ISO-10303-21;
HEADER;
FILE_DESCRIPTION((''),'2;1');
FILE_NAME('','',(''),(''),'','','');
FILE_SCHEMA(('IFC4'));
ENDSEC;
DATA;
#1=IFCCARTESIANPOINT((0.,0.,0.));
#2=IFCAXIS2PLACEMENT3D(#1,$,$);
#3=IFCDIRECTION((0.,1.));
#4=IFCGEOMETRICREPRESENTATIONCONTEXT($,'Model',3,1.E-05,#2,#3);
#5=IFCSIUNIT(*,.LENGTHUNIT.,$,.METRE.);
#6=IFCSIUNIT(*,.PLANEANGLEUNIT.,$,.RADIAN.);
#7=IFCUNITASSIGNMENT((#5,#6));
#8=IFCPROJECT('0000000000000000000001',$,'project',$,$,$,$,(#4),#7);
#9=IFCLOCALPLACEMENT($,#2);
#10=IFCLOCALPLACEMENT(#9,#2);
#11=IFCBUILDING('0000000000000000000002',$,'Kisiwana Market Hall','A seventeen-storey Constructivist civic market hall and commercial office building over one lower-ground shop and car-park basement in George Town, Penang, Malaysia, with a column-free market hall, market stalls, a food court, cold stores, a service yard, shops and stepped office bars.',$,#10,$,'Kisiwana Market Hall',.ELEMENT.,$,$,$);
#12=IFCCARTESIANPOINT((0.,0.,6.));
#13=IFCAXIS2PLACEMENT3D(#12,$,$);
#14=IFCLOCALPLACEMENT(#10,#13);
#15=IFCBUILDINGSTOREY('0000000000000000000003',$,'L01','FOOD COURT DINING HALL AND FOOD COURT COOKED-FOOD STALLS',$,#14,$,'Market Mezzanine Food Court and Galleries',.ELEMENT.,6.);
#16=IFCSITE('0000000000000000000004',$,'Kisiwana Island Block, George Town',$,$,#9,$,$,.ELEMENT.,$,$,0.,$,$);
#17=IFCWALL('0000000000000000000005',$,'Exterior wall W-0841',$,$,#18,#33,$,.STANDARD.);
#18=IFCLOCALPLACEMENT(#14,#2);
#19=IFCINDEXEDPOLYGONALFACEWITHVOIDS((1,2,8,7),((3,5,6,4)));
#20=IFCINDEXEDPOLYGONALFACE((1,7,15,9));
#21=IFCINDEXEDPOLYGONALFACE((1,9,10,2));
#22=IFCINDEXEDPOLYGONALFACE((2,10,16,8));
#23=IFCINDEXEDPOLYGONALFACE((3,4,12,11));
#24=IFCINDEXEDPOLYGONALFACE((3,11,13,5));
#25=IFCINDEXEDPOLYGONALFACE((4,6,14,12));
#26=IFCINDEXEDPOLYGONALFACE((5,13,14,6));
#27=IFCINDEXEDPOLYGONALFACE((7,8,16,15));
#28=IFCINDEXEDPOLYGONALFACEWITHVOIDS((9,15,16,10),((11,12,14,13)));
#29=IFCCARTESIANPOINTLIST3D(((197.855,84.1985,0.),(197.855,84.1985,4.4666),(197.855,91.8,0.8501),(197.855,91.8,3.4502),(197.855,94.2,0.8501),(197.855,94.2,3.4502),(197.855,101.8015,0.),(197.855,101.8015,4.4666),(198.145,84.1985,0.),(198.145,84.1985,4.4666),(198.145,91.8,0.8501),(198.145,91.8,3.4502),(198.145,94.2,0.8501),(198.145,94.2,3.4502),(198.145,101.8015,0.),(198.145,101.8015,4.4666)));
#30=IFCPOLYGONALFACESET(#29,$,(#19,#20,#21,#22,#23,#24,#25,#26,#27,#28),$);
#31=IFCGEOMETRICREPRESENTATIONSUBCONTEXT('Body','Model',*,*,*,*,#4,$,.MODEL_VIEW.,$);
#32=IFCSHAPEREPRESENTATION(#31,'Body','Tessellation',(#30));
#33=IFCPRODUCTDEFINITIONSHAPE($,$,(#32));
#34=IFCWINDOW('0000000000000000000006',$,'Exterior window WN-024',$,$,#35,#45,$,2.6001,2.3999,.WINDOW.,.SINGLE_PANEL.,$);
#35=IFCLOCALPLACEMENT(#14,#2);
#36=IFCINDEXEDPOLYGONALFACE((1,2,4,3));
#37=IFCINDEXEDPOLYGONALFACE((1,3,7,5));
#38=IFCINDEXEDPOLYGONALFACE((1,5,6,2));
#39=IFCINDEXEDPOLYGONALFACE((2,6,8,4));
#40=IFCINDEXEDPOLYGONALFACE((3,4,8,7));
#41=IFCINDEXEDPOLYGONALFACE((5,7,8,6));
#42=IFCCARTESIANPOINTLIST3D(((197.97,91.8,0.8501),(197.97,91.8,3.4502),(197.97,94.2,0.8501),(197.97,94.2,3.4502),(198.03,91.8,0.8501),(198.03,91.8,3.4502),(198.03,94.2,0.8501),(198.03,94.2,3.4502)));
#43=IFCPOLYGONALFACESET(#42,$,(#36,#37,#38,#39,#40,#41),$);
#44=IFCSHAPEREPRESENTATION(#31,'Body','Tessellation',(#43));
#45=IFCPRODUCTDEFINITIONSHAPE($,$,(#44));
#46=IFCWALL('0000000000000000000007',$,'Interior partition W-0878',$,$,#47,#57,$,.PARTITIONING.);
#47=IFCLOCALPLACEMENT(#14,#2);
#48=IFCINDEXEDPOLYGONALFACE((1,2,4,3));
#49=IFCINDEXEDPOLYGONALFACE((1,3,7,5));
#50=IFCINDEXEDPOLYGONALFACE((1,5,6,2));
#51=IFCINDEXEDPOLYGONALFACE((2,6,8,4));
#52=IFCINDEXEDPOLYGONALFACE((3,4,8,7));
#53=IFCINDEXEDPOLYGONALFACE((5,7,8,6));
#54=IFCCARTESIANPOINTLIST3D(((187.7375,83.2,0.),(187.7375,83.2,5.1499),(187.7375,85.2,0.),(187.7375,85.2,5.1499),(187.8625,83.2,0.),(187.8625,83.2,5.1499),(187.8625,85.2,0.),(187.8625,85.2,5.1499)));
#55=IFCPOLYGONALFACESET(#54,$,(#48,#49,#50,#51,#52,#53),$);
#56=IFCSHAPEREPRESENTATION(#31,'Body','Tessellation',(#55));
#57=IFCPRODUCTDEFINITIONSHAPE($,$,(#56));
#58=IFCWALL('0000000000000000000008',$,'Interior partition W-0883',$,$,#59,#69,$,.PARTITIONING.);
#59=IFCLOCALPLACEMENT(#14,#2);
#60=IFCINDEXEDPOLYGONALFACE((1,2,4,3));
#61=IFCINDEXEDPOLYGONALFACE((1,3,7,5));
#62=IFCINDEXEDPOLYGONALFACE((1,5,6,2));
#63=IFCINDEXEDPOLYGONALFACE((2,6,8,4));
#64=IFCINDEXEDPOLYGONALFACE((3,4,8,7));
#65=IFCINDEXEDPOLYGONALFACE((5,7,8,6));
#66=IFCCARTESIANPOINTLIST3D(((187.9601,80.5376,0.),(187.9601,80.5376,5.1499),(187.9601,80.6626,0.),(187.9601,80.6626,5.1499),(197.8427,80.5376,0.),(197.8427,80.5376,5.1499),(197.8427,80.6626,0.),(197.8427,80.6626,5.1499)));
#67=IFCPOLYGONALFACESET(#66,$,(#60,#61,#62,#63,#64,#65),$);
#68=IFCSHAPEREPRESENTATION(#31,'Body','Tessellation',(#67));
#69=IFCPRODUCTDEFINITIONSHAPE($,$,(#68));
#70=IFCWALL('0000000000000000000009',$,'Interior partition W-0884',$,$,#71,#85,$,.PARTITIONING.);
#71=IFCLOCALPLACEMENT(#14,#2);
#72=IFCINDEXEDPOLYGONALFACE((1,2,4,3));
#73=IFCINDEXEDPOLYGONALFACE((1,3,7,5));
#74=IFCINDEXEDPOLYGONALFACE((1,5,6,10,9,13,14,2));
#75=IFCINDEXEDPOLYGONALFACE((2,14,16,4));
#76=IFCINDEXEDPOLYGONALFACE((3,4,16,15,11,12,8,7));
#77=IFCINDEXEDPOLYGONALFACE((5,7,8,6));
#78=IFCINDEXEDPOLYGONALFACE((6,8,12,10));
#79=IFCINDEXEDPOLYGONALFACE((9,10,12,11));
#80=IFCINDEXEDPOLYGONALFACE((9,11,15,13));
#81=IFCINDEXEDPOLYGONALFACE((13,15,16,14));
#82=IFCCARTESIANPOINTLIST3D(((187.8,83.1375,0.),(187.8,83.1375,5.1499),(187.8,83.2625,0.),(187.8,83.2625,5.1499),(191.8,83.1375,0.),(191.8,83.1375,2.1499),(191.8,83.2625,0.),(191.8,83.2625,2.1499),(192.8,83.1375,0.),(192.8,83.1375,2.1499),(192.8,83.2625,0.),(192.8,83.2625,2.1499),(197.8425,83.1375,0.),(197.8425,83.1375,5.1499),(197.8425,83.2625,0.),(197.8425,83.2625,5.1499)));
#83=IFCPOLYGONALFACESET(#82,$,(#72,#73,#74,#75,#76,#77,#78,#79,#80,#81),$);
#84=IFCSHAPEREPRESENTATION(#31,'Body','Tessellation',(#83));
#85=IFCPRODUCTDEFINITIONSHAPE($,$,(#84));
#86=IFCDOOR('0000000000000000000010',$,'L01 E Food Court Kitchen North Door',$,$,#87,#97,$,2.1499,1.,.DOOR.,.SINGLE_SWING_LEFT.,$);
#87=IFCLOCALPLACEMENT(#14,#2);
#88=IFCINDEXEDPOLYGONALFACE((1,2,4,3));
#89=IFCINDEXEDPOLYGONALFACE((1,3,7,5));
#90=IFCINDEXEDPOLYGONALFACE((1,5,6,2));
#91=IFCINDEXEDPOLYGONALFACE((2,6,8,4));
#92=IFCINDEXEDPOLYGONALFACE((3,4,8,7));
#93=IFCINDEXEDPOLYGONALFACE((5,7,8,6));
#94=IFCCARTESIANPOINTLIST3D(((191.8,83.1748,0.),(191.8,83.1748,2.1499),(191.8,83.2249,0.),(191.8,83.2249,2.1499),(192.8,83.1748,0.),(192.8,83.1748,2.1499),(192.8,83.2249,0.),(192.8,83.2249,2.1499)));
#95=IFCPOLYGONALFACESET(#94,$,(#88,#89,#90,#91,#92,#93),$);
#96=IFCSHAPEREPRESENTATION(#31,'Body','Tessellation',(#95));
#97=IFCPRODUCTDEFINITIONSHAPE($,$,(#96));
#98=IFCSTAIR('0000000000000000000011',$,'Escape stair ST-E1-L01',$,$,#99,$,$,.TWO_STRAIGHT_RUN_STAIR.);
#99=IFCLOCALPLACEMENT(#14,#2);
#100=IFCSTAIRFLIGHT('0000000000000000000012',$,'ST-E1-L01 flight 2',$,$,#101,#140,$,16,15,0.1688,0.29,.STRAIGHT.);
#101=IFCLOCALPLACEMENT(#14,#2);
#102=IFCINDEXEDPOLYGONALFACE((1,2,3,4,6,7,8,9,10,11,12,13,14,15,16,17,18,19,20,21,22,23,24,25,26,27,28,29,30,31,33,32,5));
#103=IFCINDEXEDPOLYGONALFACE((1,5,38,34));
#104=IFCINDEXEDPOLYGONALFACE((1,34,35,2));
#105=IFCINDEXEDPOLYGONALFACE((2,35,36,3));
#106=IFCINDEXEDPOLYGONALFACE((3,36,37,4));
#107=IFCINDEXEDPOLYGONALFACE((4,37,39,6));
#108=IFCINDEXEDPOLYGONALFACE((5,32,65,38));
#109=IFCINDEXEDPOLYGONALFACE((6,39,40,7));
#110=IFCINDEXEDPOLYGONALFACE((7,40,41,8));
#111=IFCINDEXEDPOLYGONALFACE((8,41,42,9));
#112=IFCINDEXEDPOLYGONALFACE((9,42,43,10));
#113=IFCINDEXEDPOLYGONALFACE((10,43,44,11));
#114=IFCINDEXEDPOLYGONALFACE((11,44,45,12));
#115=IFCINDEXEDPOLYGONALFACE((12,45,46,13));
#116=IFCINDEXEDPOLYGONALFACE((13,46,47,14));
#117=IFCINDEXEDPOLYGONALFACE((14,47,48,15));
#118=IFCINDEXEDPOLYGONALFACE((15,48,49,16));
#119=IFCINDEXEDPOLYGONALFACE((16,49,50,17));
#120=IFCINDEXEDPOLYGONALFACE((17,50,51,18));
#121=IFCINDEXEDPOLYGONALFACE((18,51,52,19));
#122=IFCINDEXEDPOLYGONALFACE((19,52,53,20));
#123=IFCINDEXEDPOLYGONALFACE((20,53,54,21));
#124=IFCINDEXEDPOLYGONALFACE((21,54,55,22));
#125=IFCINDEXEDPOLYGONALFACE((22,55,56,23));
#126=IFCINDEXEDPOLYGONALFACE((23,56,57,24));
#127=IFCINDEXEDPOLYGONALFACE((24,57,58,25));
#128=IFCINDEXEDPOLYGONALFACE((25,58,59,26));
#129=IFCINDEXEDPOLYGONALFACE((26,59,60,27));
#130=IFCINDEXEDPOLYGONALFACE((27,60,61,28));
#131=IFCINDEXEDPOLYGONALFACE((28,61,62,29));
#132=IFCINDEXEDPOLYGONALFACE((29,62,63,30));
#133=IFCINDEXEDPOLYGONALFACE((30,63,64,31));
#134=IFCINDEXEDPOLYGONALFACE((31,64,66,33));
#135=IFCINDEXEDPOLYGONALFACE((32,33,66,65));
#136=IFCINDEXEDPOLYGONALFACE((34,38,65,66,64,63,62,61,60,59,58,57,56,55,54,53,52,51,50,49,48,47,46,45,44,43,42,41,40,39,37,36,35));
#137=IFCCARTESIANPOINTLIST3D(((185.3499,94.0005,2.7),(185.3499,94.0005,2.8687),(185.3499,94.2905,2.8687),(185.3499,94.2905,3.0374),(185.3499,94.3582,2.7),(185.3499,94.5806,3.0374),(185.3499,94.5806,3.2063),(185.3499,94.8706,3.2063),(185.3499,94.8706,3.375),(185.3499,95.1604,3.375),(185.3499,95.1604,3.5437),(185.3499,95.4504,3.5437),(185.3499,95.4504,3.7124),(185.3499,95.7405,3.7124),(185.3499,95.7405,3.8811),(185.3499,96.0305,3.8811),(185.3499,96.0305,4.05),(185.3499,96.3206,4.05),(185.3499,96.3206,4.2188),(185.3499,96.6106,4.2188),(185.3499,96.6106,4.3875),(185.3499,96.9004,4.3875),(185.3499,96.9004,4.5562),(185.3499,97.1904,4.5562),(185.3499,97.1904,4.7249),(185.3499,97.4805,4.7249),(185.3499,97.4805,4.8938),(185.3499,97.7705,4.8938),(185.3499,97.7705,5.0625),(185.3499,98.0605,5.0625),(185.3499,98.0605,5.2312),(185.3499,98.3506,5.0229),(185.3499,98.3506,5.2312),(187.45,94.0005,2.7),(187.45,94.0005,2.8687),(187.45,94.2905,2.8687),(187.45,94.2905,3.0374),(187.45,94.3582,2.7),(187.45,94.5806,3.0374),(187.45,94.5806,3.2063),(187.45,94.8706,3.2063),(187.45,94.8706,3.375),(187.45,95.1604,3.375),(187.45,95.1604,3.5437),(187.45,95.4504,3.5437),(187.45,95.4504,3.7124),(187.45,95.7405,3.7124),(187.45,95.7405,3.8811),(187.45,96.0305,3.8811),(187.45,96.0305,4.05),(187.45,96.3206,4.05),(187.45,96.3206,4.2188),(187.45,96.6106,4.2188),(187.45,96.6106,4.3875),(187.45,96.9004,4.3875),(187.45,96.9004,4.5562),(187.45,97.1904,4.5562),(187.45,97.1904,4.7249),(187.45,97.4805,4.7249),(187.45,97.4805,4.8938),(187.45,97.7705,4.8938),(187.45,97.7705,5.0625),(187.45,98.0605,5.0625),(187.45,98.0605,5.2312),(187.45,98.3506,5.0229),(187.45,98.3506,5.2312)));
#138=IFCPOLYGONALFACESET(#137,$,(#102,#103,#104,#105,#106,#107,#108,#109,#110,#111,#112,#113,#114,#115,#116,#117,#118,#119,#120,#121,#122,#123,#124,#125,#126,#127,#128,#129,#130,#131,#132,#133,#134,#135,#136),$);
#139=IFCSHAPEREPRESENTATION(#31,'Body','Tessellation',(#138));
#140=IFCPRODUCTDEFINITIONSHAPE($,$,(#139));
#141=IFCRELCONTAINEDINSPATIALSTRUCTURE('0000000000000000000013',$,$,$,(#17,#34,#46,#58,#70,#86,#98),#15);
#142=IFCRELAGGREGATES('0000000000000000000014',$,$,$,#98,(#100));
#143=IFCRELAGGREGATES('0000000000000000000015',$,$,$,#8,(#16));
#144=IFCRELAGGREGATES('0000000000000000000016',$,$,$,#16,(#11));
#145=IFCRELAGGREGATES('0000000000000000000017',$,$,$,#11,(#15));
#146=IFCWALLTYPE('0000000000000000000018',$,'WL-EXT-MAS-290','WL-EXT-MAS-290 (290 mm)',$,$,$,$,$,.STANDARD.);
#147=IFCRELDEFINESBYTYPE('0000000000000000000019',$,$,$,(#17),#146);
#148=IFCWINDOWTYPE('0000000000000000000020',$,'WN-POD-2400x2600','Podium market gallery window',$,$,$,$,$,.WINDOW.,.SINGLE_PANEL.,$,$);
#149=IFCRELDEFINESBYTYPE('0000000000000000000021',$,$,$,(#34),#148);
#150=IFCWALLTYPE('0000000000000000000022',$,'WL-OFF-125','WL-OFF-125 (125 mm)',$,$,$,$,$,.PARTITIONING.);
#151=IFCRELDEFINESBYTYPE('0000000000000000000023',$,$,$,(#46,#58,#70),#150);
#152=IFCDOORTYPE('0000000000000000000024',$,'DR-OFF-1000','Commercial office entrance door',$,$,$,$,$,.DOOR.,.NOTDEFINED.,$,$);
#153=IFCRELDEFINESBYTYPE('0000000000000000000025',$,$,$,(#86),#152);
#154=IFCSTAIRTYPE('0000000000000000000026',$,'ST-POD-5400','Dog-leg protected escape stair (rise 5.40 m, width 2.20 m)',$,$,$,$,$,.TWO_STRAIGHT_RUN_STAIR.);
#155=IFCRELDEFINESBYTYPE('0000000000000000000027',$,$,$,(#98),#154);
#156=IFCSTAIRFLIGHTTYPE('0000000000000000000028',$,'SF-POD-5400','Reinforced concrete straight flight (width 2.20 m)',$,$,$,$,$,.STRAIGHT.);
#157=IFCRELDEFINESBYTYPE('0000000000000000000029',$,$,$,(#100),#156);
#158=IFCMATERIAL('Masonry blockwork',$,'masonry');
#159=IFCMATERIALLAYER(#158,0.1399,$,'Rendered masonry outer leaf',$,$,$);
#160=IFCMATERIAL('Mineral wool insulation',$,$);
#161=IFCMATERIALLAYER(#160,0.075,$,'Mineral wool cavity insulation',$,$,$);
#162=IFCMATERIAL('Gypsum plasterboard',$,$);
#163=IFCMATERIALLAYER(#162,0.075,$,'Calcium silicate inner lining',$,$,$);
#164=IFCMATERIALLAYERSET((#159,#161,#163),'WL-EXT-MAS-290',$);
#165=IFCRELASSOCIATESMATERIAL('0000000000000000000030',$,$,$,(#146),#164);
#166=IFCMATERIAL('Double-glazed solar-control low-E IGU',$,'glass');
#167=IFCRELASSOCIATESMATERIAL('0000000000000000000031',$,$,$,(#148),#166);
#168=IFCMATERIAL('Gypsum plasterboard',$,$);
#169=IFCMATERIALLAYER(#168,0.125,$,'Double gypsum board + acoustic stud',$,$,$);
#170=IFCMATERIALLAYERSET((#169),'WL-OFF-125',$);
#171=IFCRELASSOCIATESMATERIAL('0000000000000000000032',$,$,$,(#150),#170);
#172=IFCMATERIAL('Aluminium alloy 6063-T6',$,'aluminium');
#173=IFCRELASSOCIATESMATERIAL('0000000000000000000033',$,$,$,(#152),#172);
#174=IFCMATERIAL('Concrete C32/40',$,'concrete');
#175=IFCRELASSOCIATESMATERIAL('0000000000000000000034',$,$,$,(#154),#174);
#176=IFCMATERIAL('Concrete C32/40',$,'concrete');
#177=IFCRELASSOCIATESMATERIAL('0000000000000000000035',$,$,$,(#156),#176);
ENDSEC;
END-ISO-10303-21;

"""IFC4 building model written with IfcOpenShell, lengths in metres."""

from ifc_helpers import new_model, si_unit, direction, frame, frame_2d, origin, place, context, subcontext, project, spatial, polyline, rectangle, outline, extrude, material, layer, layer_set, type_object, element, fill, aggregate, save


model = new_model("IFC4")

# Units and contexts
model_context = context("Model", 3, precision=1e-05, world=origin(), true_north=direction((0.0, 1.0)))
body_context = subcontext(model_context, "Body", "Model", "MODEL_VIEW")
ifc_project = project(units=[si_unit("LENGTHUNIT", "METRE"), si_unit("PLANEANGLEUNIT", "RADIAN")], contexts=[model_context])

# Site, building, storey
site_placement = place(None, origin())
site = spatial("IfcSite", under=ifc_project, at=site_placement, Name="Kisiwana Island Block, George Town", CompositionType="ELEMENT", RefElevation=0.0)
building_placement = place(site_placement, origin())
building = spatial("IfcBuilding", under=site, at=building_placement, Name="Kisiwana Market Hall", Description="A seventeen-storey Constructivist civic market hall and commercial office building over one lower-ground shop and car-park basement in George Town, Penang, Malaysia, with a column-free market hall, market stalls, a food court, cold stores, a service yard, shops and stepped office bars.", LongName="Kisiwana Market Hall", CompositionType="ELEMENT")
storey_placement = place(building_placement, frame((0.0, 0.0, 6.0)))
storey = spatial("IfcBuildingStorey", under=building, at=storey_placement, Name="L01", Description="FOOD COURT DINING HALL AND FOOD COURT COOKED-FOOD STALLS", LongName="Market Mezzanine Food Court and Galleries", CompositionType="ELEMENT", Elevation=6.0)

# Wall, opening, window
ifc_material_1 = material(Name="Masonry blockwork", Category="masonry")
ifc_layer_1 = layer(ifc_material_1, 0.1399, Name="Rendered masonry outer leaf")
ifc_material_2 = material(Name="Mineral wool insulation")
ifc_layer_2 = layer(ifc_material_2, 0.075, Name="Mineral wool cavity insulation")
ifc_material_3 = material(Name="Gypsum plasterboard")
ifc_layer_3 = layer(ifc_material_3, 0.075, Name="Calcium silicate inner lining")
ifc_layer_set_1 = layer_set([ifc_layer_1, ifc_layer_2, ifc_layer_3], Name="WL-EXT-MAS-290")
wall_type_1 = type_object("IfcWallType", Name="WL-EXT-MAS-290", Description="WL-EXT-MAS-290 (290 mm)", PredefinedType="STANDARD", material=ifc_layer_set_1)
wall_1_placement = place(storey_placement, frame((198.0, 84.1985, 0.0), z_axis=(0.0, 0.0, 1.0), x_axis=(0.0, 1.0, 0.0)))
wall_1 = element("IfcWall", 1, at=wall_1_placement, inside=storey, type_object=wall_type_1, Name="Exterior wall W-0841", PredefinedType="STANDARD", context=body_context, shape_type="SweptSolid", body=[
    extrude(rectangle(XDim=17.603, YDim=0.29, at=frame_2d((8.8015, 0.0))), origin(), (0.0, 0.0, 1.0), 4.4666),
])
opening_1_placement = place(wall_1_placement, frame((7.6016, 0.0, 0.8501)))
opening_1 = element("IfcOpeningElement", 2, at=opening_1_placement, cuts=wall_1, PredefinedType="OPENING", context=body_context, shape_type="SweptSolid", body=[
    extrude(rectangle(XDim=2.3999, YDim=2.6001, at=frame_2d((1.2, 1.3))), frame((0.0, 0.157, 0.0), z_axis=(0.0, -1.0, 0.0), x_axis=(1.0, 0.0, 0.0)), (0.0, 0.0, 1.0), 0.314),
])
ifc_material_4 = material(Name="Double-glazed solar-control low-E IGU", Category="glass")
window_type = type_object("IfcWindowType", Name="WN-POD-2400x2600", Description="Podium market gallery window", PartitioningType="SINGLE_PANEL", PredefinedType="WINDOW", material=ifc_material_4)
window_placement = place(opening_1_placement, origin())
window = element("IfcWindow", 3, at=window_placement, inside=storey, type_object=window_type, Name="Exterior window WN-024", OverallHeight=2.6001, OverallWidth=2.3999, PartitioningType="SINGLE_PANEL", PredefinedType="WINDOW", context=body_context, shape_type="SweptSolid", body=[
    extrude(rectangle(XDim=2.3999, YDim=2.6001, at=frame_2d((1.2, 1.3))), frame((0.0, 0.03, 0.0), z_axis=(0.0, -1.0, 0.0), x_axis=(1.0, 0.0, 0.0)), (0.0, 0.0, 1.0), 0.0601),
])
fill(opening_1, window)

# Walls
ifc_material_5 = material(Name="Gypsum plasterboard")
ifc_layer_4 = layer(ifc_material_5, 0.125, Name="Double gypsum board + acoustic stud")
ifc_layer_set_2 = layer_set([ifc_layer_4], Name="WL-OFF-125")
wall_type_2 = type_object("IfcWallType", Name="WL-OFF-125", Description="WL-OFF-125 (125 mm)", PredefinedType="PARTITIONING", material=ifc_layer_set_2)
wall_2_placement = place(storey_placement, frame((187.8, 83.2, 0.0), z_axis=(0.0, 0.0, 1.0), x_axis=(0.0, 1.0, 0.0)))
element("IfcWall", 4, at=wall_2_placement, inside=storey, type_object=wall_type_2, Name="Interior partition W-0878", PredefinedType="PARTITIONING", context=body_context, shape_type="SweptSolid", body=[
    extrude(rectangle(XDim=2.0, YDim=0.125, at=frame_2d((1.0, 0.0))), origin(), (0.0, 0.0, 1.0), 5.1499),
])
wall_3_placement = place(storey_placement, frame((187.96, 80.6001, 0.0), z_axis=(0.0, 0.0, 1.0), x_axis=(1.0, 0.0, 0.0)))
element("IfcWall", 5, at=wall_3_placement, inside=storey, type_object=wall_type_2, Name="Interior partition W-0883", PredefinedType="PARTITIONING", context=body_context, shape_type="SweptSolid", body=[
    extrude(rectangle(XDim=9.8826, YDim=0.125, at=frame_2d((4.9414, 0.0))), origin(), (0.0, 0.0, 1.0), 5.1499),
])

# Wall, opening, door
wall_4_placement = place(storey_placement, frame((187.8, 83.2, 0.0), z_axis=(0.0, 0.0, 1.0), x_axis=(1.0, 0.0, 0.0)))
wall_4 = element("IfcWall", 6, at=wall_4_placement, inside=storey, type_object=wall_type_2, Name="Interior partition W-0884", PredefinedType="PARTITIONING", context=body_context, shape_type="SweptSolid", body=[
    extrude(rectangle(XDim=10.0425, YDim=0.125, at=frame_2d((5.0212, 0.0))), origin(), (0.0, 0.0, 1.0), 5.1499),
])
opening_2_placement = place(wall_4_placement, frame((4.0, 0.0, 0.0)))
opening_2 = element("IfcOpeningElement", 7, at=opening_2_placement, cuts=wall_4, PredefinedType="OPENING", context=body_context, shape_type="SweptSolid", body=[
    extrude(rectangle(XDim=1.0, YDim=2.1499, at=frame_2d((0.5, 1.075))), frame((0.0, 0.0745, 0.0), z_axis=(0.0, -1.0, 0.0), x_axis=(1.0, 0.0, 0.0)), (0.0, 0.0, 1.0), 0.1489),
])
ifc_material_6 = material(Name="Aluminium alloy 6063-T6", Category="aluminium")
door_type_1 = type_object("IfcDoorType", Name="DR-OFF-1000", Description="Commercial office entrance door", OperationType="NOTDEFINED", PredefinedType="DOOR", material=ifc_material_6)
door_1_placement = place(opening_2_placement, origin())
door_1 = element("IfcDoor", 8, at=door_1_placement, inside=storey, type_object=door_type_1, Name="L01 E Food Court Kitchen North Door", OperationType="SINGLE_SWING_LEFT", OverallHeight=2.1499, OverallWidth=1.0, PredefinedType="DOOR", context=body_context, shape_type="SweptSolid", body=[
    extrude(rectangle(XDim=1.0, YDim=2.1499, at=frame_2d((0.5, 1.075))), frame((0.0, 0.0249, 0.0), z_axis=(0.0, -1.0, 0.0), x_axis=(1.0, 0.0, 0.0)), (0.0, 0.0, 1.0), 0.05),
])
fill(opening_2, door_1)

# Stair, stair flight
ifc_material_7 = material(Name="Concrete C32/40", Category="concrete")
stair_type = type_object("IfcStairType", Name="ST-POD-5400", Description="Dog-leg protected escape stair (rise 5.40 m, width 2.20 m)", PredefinedType="TWO_STRAIGHT_RUN_STAIR", material=ifc_material_7)
stair_placement = place(storey_placement, origin())
stair = element("IfcStair", 9, at=stair_placement, inside=storey, type_object=stair_type, Name="Escape stair ST-E1-L01", PredefinedType="TWO_STRAIGHT_RUN_STAIR")
ifc_material_8 = material(Name="Concrete C32/40", Category="concrete")
stair_flight_type = type_object("IfcStairFlightType", Name="SF-POD-5400", Description="Reinforced concrete straight flight (width 2.20 m)", PredefinedType="STRAIGHT", material=ifc_material_8)
stair_flight_placement = place(storey_placement, frame((186.3999, 94.0005, 2.7), z_axis=(0.0, 0.0, 1.0), x_axis=(0.0, 1.0, 0.0)))
stair_flight = element("IfcStairFlight", 10, at=stair_flight_placement, type_object=stair_flight_type, Name="ST-E1-L01 flight 2", NumberOfRisers=16, NumberOfTreads=15, PredefinedType="STRAIGHT", RiserHeight=0.1688, TreadLength=0.29, context=body_context, shape_type="SweptSolid", body=[
    extrude(outline(polyline([(0.0, 0.0), (0.0, 0.1687), (0.29, 0.1687), (0.29, 0.3374), (0.5801, 0.3374), (0.5801, 0.5063), (0.8701, 0.5063), (0.8701, 0.675), (1.1599, 0.675), (1.1599, 0.8438), (1.45, 0.8438), (1.45, 1.0125), (1.74, 1.0125), (1.74, 1.1812), (2.03, 1.1812), (2.03, 1.3501), (2.3201, 1.3501), (2.3201, 1.5188), (2.6101, 1.5188), (2.6101, 1.6875), (2.8999, 1.6875), (2.8999, 1.8562), (3.1899, 1.8562), (3.1899, 2.0249), (3.48, 2.0249), (3.48, 2.1938), (3.77, 2.1938), (3.77, 2.3625), (4.0601, 2.3625), (4.0601, 2.5312), (4.3501, 2.5312), (4.3501, 2.7), (4.3501, 2.323), (0.3577, 0.0), (0.0, 0.0)])), frame((0.0, 1.05, 0.0), z_axis=(0.0, -1.0, 0.0), x_axis=(1.0, 0.0, 0.0)), (0.0, 0.0, 1.0), 2.1001),
])
aggregate(stair, [stair_flight])

save(model, "model.ifc")
